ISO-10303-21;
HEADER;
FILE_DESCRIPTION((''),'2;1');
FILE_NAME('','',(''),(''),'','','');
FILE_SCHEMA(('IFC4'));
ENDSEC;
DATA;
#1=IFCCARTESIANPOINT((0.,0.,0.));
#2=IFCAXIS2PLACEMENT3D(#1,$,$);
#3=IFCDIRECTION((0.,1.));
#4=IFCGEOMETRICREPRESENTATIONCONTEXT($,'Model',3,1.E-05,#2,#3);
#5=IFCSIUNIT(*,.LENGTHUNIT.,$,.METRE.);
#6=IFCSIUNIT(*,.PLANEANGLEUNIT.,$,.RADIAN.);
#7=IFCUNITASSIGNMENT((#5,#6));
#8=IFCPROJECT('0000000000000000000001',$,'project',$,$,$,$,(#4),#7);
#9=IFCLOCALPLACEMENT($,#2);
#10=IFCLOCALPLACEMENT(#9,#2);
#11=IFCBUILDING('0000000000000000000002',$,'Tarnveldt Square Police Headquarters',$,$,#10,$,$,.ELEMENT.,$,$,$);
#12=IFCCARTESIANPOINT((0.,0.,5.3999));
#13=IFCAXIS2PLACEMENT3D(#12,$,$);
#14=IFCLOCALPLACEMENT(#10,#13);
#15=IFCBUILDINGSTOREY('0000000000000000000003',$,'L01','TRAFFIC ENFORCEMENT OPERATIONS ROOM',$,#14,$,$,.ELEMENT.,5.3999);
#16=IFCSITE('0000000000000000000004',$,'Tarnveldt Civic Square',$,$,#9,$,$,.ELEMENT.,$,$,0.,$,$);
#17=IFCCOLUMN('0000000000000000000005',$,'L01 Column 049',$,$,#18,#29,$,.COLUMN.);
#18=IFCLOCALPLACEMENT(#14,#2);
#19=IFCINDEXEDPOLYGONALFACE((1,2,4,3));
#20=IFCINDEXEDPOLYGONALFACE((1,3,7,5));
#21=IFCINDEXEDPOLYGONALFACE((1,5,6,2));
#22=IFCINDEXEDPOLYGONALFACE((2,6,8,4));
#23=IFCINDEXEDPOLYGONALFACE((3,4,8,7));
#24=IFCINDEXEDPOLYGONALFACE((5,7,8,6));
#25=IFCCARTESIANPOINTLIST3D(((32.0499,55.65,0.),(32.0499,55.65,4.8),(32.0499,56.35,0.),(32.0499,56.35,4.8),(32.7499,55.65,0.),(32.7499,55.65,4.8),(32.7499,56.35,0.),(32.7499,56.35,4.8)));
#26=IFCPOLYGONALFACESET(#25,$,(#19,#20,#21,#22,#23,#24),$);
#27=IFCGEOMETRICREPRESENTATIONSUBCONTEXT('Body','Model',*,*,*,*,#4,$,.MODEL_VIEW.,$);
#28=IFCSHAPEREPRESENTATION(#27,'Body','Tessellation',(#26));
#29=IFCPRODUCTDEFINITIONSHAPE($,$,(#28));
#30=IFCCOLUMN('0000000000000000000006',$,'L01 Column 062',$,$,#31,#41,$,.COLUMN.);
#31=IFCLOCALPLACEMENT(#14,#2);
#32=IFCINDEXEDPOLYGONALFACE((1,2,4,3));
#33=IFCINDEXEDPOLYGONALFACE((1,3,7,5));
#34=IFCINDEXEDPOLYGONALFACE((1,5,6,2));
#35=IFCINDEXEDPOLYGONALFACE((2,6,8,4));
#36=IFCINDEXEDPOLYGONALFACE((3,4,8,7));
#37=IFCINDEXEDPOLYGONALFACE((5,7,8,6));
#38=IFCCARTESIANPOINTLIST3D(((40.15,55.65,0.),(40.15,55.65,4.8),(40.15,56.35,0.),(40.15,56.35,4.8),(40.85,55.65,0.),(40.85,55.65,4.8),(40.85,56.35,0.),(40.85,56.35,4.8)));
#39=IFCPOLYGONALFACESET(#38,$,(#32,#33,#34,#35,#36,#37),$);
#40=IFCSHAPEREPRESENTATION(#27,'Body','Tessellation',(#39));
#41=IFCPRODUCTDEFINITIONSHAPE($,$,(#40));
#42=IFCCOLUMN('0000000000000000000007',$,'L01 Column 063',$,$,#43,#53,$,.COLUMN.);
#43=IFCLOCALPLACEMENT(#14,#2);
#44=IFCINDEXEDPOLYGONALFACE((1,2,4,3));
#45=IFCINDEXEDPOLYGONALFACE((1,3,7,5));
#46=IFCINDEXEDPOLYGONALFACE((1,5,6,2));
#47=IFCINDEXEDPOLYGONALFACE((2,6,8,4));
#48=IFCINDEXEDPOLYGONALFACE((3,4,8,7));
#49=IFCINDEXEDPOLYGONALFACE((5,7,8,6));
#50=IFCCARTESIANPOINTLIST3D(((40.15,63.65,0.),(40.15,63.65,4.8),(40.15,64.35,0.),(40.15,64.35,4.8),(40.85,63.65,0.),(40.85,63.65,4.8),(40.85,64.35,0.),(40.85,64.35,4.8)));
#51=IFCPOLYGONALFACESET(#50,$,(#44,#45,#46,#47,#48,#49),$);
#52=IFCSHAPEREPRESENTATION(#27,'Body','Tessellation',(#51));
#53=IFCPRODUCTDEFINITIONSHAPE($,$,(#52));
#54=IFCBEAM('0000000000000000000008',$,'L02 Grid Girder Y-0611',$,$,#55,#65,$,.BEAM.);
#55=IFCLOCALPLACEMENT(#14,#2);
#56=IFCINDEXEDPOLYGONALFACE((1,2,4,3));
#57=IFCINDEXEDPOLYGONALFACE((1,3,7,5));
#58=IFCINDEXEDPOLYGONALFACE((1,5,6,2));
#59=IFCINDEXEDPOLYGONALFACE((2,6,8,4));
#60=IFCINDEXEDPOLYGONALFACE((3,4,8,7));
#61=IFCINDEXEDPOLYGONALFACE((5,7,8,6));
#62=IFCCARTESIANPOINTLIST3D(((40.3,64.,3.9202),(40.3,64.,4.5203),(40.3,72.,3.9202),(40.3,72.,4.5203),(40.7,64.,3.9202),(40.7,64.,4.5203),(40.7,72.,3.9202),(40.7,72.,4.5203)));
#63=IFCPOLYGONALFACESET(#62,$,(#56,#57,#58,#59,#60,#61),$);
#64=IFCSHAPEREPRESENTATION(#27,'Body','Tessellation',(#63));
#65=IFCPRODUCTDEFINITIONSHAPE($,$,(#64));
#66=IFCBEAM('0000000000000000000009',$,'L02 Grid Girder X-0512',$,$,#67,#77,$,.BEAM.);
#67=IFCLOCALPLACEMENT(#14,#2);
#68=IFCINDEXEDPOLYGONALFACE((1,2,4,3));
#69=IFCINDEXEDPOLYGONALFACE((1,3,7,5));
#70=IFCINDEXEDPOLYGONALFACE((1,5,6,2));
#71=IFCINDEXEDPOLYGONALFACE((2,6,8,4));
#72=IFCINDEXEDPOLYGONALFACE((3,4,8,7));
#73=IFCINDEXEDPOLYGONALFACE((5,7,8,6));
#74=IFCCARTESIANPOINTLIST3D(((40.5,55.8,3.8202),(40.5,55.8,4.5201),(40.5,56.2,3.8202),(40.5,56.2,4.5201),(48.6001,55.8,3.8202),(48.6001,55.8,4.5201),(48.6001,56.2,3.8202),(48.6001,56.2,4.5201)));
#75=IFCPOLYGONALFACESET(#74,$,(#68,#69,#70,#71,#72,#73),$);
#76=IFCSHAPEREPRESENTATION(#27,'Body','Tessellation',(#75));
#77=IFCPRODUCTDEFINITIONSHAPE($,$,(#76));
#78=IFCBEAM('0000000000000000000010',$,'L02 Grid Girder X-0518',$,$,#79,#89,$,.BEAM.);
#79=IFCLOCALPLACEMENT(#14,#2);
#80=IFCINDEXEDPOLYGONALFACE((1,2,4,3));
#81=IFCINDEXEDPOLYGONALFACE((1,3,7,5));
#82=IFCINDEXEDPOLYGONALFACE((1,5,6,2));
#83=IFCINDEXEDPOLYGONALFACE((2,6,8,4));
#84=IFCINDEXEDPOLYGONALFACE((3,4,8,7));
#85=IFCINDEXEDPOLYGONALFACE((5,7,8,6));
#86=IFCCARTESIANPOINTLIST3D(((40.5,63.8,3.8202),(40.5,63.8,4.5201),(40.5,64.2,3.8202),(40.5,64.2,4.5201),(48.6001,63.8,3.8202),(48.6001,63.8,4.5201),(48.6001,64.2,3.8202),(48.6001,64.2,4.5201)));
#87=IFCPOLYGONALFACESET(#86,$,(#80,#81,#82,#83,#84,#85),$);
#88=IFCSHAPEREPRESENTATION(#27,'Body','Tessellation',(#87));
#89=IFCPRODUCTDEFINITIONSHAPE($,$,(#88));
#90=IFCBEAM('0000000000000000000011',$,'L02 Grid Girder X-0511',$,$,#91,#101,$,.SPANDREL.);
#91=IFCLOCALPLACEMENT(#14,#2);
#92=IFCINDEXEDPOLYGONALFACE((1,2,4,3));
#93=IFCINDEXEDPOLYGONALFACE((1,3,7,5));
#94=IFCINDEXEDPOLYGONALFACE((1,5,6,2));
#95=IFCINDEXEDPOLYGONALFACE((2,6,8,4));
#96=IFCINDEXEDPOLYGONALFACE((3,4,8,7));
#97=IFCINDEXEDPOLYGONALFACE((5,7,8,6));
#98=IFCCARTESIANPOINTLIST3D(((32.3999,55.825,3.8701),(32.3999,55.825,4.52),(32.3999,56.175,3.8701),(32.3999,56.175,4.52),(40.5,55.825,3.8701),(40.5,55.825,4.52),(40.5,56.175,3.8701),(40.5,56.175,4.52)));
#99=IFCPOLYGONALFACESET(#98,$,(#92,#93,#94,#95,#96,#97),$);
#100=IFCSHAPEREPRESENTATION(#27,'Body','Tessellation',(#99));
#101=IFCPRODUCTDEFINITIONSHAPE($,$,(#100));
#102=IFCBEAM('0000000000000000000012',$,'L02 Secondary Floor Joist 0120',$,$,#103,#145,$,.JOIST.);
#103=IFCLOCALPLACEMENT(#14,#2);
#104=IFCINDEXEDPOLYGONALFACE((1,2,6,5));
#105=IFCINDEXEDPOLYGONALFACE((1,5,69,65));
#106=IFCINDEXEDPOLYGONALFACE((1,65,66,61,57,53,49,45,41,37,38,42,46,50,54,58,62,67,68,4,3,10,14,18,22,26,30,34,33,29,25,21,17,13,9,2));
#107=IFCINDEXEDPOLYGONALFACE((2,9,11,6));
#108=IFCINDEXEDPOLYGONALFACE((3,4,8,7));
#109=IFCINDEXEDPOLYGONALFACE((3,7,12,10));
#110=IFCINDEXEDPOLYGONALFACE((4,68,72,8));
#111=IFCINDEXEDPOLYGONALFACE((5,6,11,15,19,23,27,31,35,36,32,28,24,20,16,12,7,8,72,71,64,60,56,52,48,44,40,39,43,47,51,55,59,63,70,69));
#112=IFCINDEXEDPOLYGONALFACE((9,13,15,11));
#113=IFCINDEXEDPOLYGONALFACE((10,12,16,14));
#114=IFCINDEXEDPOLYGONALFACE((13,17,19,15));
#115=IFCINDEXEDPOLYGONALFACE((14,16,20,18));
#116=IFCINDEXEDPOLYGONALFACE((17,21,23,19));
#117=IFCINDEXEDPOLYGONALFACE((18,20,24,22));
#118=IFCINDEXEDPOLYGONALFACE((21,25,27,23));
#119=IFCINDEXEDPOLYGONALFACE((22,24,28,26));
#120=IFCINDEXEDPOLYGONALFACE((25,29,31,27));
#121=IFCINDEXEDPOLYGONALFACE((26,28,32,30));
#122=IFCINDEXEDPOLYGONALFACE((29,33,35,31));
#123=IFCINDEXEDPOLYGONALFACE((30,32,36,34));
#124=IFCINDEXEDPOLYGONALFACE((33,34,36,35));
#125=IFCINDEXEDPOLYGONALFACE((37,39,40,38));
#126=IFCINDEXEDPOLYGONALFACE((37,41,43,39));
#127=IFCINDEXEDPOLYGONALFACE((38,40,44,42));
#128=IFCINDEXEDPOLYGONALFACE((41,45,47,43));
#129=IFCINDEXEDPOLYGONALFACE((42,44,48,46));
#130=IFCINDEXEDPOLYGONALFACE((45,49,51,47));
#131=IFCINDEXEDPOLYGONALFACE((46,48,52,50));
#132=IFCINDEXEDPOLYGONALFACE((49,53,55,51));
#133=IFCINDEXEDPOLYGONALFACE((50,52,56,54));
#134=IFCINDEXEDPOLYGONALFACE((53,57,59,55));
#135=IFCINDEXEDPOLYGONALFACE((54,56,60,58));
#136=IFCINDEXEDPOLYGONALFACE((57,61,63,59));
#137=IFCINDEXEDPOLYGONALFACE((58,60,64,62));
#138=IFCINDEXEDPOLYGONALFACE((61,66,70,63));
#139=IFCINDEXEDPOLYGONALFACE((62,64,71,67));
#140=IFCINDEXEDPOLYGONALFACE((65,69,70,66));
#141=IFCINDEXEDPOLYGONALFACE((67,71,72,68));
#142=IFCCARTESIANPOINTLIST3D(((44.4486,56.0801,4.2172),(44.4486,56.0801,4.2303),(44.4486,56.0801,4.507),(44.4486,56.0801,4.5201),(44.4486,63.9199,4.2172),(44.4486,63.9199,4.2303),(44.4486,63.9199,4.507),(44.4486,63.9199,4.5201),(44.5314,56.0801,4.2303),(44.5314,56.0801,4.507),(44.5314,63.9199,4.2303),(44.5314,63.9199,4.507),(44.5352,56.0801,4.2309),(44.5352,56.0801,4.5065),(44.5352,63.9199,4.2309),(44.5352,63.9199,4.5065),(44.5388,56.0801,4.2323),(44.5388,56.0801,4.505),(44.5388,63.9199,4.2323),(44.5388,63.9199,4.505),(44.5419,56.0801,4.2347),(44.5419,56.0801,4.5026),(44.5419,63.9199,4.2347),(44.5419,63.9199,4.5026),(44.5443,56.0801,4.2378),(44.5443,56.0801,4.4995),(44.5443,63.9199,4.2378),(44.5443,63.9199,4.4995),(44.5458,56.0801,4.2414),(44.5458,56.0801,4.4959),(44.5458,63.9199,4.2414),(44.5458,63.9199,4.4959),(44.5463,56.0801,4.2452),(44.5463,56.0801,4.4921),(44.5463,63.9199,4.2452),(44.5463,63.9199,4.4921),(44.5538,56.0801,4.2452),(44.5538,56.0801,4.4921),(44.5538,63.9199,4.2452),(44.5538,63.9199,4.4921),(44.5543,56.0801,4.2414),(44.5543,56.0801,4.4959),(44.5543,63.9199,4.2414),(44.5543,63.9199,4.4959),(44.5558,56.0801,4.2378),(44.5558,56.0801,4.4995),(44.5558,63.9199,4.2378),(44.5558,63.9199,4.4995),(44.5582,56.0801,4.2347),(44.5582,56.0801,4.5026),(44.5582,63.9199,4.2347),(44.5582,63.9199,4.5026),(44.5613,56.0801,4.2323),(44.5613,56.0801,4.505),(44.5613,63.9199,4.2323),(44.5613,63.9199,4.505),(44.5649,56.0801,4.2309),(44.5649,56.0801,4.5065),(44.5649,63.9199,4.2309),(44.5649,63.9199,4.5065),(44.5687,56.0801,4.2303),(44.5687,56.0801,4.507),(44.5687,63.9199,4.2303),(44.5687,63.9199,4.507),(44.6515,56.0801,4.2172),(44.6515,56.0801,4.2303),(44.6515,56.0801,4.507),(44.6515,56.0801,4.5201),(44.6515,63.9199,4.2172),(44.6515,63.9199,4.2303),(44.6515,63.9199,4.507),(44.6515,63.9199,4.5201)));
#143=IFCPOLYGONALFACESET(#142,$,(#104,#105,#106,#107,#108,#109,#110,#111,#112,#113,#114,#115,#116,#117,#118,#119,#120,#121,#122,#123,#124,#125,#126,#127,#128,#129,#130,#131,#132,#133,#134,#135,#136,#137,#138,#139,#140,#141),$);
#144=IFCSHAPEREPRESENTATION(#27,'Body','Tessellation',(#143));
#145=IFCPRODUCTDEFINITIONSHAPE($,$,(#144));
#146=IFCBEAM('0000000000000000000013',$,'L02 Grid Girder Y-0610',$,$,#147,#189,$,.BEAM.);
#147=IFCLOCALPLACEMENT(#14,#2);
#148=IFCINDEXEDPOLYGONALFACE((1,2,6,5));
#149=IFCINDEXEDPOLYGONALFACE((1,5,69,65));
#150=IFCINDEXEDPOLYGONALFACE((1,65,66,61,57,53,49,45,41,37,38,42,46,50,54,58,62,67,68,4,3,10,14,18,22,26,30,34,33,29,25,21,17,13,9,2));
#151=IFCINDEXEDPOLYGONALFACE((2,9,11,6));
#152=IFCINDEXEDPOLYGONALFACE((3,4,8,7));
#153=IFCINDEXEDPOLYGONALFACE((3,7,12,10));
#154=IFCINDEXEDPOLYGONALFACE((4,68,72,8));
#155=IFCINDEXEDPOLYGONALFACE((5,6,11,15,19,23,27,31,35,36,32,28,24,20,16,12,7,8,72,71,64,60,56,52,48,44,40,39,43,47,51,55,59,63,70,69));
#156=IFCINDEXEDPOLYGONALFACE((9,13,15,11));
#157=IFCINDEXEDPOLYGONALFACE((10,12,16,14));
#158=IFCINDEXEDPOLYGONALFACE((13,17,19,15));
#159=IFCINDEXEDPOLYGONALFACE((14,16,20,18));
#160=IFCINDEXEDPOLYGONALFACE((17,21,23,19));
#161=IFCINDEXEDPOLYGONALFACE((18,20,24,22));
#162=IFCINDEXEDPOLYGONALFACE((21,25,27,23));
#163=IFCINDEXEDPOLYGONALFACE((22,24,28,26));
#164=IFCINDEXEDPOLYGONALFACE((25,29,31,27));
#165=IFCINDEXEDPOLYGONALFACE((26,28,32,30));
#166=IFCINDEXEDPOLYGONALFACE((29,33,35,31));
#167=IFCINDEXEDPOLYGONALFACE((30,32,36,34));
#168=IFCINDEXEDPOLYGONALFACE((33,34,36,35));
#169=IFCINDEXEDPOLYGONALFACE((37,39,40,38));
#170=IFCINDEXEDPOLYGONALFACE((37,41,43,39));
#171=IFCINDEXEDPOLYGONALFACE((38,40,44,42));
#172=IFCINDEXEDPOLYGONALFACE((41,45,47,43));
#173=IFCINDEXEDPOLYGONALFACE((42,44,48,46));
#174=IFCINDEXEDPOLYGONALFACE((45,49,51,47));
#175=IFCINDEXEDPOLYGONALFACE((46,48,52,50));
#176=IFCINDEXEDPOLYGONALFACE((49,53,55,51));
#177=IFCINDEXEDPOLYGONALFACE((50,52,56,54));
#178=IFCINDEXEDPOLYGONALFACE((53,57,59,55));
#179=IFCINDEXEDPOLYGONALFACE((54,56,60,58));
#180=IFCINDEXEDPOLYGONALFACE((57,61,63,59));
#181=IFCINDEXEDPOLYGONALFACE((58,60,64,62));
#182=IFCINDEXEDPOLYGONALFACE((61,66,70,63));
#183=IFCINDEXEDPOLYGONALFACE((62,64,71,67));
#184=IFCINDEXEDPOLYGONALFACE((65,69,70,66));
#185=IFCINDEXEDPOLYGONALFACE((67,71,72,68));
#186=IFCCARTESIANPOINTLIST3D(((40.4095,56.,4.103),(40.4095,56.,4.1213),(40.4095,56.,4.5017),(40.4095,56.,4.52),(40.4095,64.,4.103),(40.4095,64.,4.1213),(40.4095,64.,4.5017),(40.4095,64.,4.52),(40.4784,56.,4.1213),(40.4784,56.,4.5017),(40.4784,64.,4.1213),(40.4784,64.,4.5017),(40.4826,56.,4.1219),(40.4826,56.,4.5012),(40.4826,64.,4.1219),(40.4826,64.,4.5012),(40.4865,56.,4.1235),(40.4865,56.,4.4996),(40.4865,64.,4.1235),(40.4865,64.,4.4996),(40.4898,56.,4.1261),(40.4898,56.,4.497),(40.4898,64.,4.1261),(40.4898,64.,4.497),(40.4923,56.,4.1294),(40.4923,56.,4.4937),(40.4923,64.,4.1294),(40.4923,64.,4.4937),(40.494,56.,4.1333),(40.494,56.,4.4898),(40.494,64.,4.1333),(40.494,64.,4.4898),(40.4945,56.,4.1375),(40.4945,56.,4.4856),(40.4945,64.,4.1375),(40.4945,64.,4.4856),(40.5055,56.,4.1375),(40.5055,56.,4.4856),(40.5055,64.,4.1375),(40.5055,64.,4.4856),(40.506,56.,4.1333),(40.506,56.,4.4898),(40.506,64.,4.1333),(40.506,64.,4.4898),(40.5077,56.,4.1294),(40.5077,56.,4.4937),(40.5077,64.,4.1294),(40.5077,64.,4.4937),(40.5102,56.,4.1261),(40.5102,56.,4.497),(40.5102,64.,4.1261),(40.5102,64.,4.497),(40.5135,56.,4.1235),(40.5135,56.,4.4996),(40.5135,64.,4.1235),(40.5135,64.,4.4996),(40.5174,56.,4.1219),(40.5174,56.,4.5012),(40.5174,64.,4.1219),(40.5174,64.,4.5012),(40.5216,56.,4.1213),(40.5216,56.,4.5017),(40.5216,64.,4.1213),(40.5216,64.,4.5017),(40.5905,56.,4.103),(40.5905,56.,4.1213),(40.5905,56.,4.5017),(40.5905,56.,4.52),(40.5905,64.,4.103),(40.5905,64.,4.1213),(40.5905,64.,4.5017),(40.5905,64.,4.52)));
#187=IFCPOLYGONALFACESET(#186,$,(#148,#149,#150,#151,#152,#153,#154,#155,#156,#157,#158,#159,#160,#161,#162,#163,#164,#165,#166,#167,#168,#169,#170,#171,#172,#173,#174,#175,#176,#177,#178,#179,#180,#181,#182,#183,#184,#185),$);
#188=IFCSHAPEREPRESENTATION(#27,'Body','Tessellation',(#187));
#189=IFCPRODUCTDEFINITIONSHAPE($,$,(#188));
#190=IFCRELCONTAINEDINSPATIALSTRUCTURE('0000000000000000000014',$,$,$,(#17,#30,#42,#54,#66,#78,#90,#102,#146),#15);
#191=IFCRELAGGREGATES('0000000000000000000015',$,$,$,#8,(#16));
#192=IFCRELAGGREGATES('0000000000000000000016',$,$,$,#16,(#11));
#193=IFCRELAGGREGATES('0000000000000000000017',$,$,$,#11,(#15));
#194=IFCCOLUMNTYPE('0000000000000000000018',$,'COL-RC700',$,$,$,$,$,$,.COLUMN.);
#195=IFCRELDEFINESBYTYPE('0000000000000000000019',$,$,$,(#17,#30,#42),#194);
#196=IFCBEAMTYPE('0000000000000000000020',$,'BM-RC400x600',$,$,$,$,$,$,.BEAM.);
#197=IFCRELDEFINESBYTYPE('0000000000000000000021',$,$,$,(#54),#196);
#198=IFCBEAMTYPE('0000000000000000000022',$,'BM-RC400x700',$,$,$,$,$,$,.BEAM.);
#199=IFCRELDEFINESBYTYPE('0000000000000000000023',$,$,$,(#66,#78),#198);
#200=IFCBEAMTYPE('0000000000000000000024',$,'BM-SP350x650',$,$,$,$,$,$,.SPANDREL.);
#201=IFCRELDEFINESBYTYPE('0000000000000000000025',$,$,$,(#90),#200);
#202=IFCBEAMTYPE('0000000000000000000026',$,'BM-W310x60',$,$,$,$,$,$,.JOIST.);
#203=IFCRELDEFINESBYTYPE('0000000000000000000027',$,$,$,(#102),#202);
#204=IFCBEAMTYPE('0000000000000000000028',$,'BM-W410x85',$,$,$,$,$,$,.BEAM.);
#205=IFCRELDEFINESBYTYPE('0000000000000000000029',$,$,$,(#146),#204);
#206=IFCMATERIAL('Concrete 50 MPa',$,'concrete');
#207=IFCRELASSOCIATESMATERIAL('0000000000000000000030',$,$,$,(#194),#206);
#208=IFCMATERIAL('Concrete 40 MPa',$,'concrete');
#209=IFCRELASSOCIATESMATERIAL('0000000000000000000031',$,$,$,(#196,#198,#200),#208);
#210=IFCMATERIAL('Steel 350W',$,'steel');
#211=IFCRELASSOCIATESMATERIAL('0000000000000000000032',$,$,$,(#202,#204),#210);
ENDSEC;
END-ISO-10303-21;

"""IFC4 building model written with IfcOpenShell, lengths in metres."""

from ifc_helpers import new_model, si_unit, direction, frame, origin, origin_2d, place, context, subcontext, project, spatial, rectangle, i_section, extrude, material, material_profile, profile_set, type_object, element, save


model = new_model("IFC4")

# Units and contexts
model_context = context("Model", 3, precision=1e-05, world=origin(), true_north=direction((0.0, 1.0)))
body_context = subcontext(model_context, "Body", "Model", "MODEL_VIEW")
ifc_project = project(units=[si_unit("LENGTHUNIT", "METRE"), si_unit("PLANEANGLEUNIT", "RADIAN")], contexts=[model_context])

# Site, building, storey
site_placement = place(None, origin())
site = spatial("IfcSite", under=ifc_project, at=site_placement, Name="Tarnveldt Civic Square", CompositionType="ELEMENT", RefElevation=0.0)
building_placement = place(site_placement, origin())
building = spatial("IfcBuilding", under=site, at=building_placement, Name="Tarnveldt Square Police Headquarters", CompositionType="ELEMENT")
storey_placement = place(building_placement, frame((0.0, 0.0, 5.3999)))
storey = spatial("IfcBuildingStorey", under=building, at=storey_placement, Name="L01", Description="TRAFFIC ENFORCEMENT OPERATIONS ROOM", CompositionType="ELEMENT", Elevation=5.3999)

# Columns
ifc_material_1 = material(Name="Concrete 50 MPa", Category="concrete")
ifc_material_profile_1 = material_profile(ifc_material_1, rectangle(XDim=0.7, YDim=0.7, at=origin_2d()), Name="RC-C700x700")
ifc_profile_set_1 = profile_set([ifc_material_profile_1], Name="Concrete 50 MPa")
column_type = type_object("IfcColumnType", Name="COL-RC700", PredefinedType="COLUMN", material=ifc_profile_set_1)
for number, where, z_axis, x_axis, name in (
    (1, (32.3999, 56.0, 0.0), (0.0, 0.0, 1.0), (1.0, 0.0, 0.0), "L01 Column 049"),
    (2, (40.5, 56.0, 0.0), (0.0, 0.0, 1.0), (1.0, 0.0, 0.0), "L01 Column 062"),
    (3, (40.5, 64.0, 0.0), (0.0, 0.0, 1.0), (1.0, 0.0, 0.0), "L01 Column 063"),
):
    element("IfcColumn", number, at=place(storey_placement, frame(where, z_axis=z_axis, x_axis=x_axis)), inside=storey, type_object=column_type, Name=name, PredefinedType="COLUMN", context=body_context, shape_type="SweptSolid", body=[
        extrude(rectangle(XDim=0.7, YDim=0.7, at=origin_2d()), origin(), (0.0, 0.0, 1.0), 4.8),
    ])

# Beams
ifc_material_2 = material(Name="Concrete 40 MPa", Category="concrete")
ifc_material_profile_2 = material_profile(ifc_material_2, rectangle(XDim=0.3999, YDim=0.6001, at=origin_2d()), Name="RC-B400x600")
ifc_profile_set_2 = profile_set([ifc_material_profile_2], Name="Concrete 40 MPa")
beam_type_1 = type_object("IfcBeamType", Name="BM-RC400x600", PredefinedType="BEAM", material=ifc_profile_set_2)
beam_1_placement = place(storey_placement, frame((40.5, 64.0, 4.2202), z_axis=(0.0, 1.0, 0.0), x_axis=(-1.0, 0.0, 0.0)))
element("IfcBeam", 4, at=beam_1_placement, inside=storey, type_object=beam_type_1, Name="L02 Grid Girder Y-0611", PredefinedType="BEAM", context=body_context, shape_type="SweptSolid", body=[
    extrude(rectangle(XDim=0.3999, YDim=0.6001, at=origin_2d()), origin(), (0.0, 0.0, 1.0), 8.0),
])
ifc_material_profile_3 = material_profile(ifc_material_2, rectangle(XDim=0.3999, YDim=0.7, at=origin_2d()), Name="RC-B400x700")
ifc_profile_set_3 = profile_set([ifc_material_profile_3], Name="Concrete 40 MPa")
beam_type_2 = type_object("IfcBeamType", Name="BM-RC400x700", PredefinedType="BEAM", material=ifc_profile_set_3)
for number, where, z_axis, x_axis, name in (
    (5, (40.5, 56.0, 4.1702), (1.0, 0.0, 0.0), (0.0, 1.0, 0.0), "L02 Grid Girder X-0512"),
    (6, (40.5, 64.0, 4.1702), (1.0, 0.0, 0.0), (0.0, 1.0, 0.0), "L02 Grid Girder X-0518"),
):
    element("IfcBeam", number, at=place(storey_placement, frame(where, z_axis=z_axis, x_axis=x_axis)), inside=storey, type_object=beam_type_2, Name=name, PredefinedType="BEAM", context=body_context, shape_type="SweptSolid", body=[
        extrude(rectangle(XDim=0.3999, YDim=0.7, at=origin_2d()), origin(), (0.0, 0.0, 1.0), 8.1001),
    ])
ifc_material_profile_4 = material_profile(ifc_material_2, rectangle(XDim=0.3501, YDim=0.6499, at=origin_2d()), Name="RC-SP350x650")
ifc_profile_set_4 = profile_set([ifc_material_profile_4], Name="Concrete 40 MPa")
beam_type_3 = type_object("IfcBeamType", Name="BM-SP350x650", PredefinedType="SPANDREL", material=ifc_profile_set_4)
beam_2_placement = place(storey_placement, frame((32.3999, 56.0, 4.1951), z_axis=(1.0, 0.0, 0.0), x_axis=(0.0, 1.0, 0.0)))
element("IfcBeam", 7, at=beam_2_placement, inside=storey, type_object=beam_type_3, Name="L02 Grid Girder X-0511", PredefinedType="SPANDREL", context=body_context, shape_type="SweptSolid", body=[
    extrude(rectangle(XDim=0.3501, YDim=0.6499, at=origin_2d()), origin(), (0.0, 0.0, 1.0), 8.1001),
])
ifc_material_3 = material(Name="Steel 350W", Category="steel")
ifc_material_profile_5 = material_profile(ifc_material_3, i_section(OverallWidth=0.2029, OverallDepth=0.303, WebThickness=0.0076, FlangeThickness=0.0132, FilletRadius=0.0149, at=origin_2d()), Name="W310x60")
ifc_profile_set_5 = profile_set([ifc_material_profile_5], Name="Steel 350W")
beam_type_4 = type_object("IfcBeamType", Name="BM-W310x60", PredefinedType="JOIST", material=ifc_profile_set_5)
beam_3_placement = place(storey_placement, frame((44.55, 56.0801, 4.3687), z_axis=(0.0, 1.0, 0.0), x_axis=(-1.0, 0.0, 0.0)))
element("IfcBeam", 8, at=beam_3_placement, inside=storey, type_object=beam_type_4, Name="L02 Secondary Floor Joist 0120", PredefinedType="JOIST", context=body_context, shape_type="SweptSolid", body=[
    extrude(i_section(OverallWidth=0.2029, OverallDepth=0.303, WebThickness=0.0076, FlangeThickness=0.0132, FilletRadius=0.0149, at=origin_2d()), origin(), (0.0, 0.0, 1.0), 7.8398),
])
ifc_material_profile_6 = material_profile(ifc_material_3, i_section(OverallWidth=0.1809, OverallDepth=0.417, WebThickness=0.011, FlangeThickness=0.0183, FilletRadius=0.0161, at=origin_2d()), Name="W410x85")
ifc_profile_set_6 = profile_set([ifc_material_profile_6], Name="Steel 350W")
beam_type_5 = type_object("IfcBeamType", Name="BM-W410x85", PredefinedType="BEAM", material=ifc_profile_set_6)
beam_4_placement = place(storey_placement, frame((40.5, 56.0, 4.3115), z_axis=(0.0, 1.0, 0.0), x_axis=(-1.0, 0.0, 0.0)))
element("IfcBeam", 9, at=beam_4_placement, inside=storey, type_object=beam_type_5, Name="L02 Grid Girder Y-0610", PredefinedType="BEAM", context=body_context, shape_type="SweptSolid", body=[
    extrude(i_section(OverallWidth=0.1809, OverallDepth=0.417, WebThickness=0.011, FlangeThickness=0.0183, FilletRadius=0.0161, at=origin_2d()), origin(), (0.0, 0.0, 1.0), 8.0),
])

save(model, "model.ifc")
